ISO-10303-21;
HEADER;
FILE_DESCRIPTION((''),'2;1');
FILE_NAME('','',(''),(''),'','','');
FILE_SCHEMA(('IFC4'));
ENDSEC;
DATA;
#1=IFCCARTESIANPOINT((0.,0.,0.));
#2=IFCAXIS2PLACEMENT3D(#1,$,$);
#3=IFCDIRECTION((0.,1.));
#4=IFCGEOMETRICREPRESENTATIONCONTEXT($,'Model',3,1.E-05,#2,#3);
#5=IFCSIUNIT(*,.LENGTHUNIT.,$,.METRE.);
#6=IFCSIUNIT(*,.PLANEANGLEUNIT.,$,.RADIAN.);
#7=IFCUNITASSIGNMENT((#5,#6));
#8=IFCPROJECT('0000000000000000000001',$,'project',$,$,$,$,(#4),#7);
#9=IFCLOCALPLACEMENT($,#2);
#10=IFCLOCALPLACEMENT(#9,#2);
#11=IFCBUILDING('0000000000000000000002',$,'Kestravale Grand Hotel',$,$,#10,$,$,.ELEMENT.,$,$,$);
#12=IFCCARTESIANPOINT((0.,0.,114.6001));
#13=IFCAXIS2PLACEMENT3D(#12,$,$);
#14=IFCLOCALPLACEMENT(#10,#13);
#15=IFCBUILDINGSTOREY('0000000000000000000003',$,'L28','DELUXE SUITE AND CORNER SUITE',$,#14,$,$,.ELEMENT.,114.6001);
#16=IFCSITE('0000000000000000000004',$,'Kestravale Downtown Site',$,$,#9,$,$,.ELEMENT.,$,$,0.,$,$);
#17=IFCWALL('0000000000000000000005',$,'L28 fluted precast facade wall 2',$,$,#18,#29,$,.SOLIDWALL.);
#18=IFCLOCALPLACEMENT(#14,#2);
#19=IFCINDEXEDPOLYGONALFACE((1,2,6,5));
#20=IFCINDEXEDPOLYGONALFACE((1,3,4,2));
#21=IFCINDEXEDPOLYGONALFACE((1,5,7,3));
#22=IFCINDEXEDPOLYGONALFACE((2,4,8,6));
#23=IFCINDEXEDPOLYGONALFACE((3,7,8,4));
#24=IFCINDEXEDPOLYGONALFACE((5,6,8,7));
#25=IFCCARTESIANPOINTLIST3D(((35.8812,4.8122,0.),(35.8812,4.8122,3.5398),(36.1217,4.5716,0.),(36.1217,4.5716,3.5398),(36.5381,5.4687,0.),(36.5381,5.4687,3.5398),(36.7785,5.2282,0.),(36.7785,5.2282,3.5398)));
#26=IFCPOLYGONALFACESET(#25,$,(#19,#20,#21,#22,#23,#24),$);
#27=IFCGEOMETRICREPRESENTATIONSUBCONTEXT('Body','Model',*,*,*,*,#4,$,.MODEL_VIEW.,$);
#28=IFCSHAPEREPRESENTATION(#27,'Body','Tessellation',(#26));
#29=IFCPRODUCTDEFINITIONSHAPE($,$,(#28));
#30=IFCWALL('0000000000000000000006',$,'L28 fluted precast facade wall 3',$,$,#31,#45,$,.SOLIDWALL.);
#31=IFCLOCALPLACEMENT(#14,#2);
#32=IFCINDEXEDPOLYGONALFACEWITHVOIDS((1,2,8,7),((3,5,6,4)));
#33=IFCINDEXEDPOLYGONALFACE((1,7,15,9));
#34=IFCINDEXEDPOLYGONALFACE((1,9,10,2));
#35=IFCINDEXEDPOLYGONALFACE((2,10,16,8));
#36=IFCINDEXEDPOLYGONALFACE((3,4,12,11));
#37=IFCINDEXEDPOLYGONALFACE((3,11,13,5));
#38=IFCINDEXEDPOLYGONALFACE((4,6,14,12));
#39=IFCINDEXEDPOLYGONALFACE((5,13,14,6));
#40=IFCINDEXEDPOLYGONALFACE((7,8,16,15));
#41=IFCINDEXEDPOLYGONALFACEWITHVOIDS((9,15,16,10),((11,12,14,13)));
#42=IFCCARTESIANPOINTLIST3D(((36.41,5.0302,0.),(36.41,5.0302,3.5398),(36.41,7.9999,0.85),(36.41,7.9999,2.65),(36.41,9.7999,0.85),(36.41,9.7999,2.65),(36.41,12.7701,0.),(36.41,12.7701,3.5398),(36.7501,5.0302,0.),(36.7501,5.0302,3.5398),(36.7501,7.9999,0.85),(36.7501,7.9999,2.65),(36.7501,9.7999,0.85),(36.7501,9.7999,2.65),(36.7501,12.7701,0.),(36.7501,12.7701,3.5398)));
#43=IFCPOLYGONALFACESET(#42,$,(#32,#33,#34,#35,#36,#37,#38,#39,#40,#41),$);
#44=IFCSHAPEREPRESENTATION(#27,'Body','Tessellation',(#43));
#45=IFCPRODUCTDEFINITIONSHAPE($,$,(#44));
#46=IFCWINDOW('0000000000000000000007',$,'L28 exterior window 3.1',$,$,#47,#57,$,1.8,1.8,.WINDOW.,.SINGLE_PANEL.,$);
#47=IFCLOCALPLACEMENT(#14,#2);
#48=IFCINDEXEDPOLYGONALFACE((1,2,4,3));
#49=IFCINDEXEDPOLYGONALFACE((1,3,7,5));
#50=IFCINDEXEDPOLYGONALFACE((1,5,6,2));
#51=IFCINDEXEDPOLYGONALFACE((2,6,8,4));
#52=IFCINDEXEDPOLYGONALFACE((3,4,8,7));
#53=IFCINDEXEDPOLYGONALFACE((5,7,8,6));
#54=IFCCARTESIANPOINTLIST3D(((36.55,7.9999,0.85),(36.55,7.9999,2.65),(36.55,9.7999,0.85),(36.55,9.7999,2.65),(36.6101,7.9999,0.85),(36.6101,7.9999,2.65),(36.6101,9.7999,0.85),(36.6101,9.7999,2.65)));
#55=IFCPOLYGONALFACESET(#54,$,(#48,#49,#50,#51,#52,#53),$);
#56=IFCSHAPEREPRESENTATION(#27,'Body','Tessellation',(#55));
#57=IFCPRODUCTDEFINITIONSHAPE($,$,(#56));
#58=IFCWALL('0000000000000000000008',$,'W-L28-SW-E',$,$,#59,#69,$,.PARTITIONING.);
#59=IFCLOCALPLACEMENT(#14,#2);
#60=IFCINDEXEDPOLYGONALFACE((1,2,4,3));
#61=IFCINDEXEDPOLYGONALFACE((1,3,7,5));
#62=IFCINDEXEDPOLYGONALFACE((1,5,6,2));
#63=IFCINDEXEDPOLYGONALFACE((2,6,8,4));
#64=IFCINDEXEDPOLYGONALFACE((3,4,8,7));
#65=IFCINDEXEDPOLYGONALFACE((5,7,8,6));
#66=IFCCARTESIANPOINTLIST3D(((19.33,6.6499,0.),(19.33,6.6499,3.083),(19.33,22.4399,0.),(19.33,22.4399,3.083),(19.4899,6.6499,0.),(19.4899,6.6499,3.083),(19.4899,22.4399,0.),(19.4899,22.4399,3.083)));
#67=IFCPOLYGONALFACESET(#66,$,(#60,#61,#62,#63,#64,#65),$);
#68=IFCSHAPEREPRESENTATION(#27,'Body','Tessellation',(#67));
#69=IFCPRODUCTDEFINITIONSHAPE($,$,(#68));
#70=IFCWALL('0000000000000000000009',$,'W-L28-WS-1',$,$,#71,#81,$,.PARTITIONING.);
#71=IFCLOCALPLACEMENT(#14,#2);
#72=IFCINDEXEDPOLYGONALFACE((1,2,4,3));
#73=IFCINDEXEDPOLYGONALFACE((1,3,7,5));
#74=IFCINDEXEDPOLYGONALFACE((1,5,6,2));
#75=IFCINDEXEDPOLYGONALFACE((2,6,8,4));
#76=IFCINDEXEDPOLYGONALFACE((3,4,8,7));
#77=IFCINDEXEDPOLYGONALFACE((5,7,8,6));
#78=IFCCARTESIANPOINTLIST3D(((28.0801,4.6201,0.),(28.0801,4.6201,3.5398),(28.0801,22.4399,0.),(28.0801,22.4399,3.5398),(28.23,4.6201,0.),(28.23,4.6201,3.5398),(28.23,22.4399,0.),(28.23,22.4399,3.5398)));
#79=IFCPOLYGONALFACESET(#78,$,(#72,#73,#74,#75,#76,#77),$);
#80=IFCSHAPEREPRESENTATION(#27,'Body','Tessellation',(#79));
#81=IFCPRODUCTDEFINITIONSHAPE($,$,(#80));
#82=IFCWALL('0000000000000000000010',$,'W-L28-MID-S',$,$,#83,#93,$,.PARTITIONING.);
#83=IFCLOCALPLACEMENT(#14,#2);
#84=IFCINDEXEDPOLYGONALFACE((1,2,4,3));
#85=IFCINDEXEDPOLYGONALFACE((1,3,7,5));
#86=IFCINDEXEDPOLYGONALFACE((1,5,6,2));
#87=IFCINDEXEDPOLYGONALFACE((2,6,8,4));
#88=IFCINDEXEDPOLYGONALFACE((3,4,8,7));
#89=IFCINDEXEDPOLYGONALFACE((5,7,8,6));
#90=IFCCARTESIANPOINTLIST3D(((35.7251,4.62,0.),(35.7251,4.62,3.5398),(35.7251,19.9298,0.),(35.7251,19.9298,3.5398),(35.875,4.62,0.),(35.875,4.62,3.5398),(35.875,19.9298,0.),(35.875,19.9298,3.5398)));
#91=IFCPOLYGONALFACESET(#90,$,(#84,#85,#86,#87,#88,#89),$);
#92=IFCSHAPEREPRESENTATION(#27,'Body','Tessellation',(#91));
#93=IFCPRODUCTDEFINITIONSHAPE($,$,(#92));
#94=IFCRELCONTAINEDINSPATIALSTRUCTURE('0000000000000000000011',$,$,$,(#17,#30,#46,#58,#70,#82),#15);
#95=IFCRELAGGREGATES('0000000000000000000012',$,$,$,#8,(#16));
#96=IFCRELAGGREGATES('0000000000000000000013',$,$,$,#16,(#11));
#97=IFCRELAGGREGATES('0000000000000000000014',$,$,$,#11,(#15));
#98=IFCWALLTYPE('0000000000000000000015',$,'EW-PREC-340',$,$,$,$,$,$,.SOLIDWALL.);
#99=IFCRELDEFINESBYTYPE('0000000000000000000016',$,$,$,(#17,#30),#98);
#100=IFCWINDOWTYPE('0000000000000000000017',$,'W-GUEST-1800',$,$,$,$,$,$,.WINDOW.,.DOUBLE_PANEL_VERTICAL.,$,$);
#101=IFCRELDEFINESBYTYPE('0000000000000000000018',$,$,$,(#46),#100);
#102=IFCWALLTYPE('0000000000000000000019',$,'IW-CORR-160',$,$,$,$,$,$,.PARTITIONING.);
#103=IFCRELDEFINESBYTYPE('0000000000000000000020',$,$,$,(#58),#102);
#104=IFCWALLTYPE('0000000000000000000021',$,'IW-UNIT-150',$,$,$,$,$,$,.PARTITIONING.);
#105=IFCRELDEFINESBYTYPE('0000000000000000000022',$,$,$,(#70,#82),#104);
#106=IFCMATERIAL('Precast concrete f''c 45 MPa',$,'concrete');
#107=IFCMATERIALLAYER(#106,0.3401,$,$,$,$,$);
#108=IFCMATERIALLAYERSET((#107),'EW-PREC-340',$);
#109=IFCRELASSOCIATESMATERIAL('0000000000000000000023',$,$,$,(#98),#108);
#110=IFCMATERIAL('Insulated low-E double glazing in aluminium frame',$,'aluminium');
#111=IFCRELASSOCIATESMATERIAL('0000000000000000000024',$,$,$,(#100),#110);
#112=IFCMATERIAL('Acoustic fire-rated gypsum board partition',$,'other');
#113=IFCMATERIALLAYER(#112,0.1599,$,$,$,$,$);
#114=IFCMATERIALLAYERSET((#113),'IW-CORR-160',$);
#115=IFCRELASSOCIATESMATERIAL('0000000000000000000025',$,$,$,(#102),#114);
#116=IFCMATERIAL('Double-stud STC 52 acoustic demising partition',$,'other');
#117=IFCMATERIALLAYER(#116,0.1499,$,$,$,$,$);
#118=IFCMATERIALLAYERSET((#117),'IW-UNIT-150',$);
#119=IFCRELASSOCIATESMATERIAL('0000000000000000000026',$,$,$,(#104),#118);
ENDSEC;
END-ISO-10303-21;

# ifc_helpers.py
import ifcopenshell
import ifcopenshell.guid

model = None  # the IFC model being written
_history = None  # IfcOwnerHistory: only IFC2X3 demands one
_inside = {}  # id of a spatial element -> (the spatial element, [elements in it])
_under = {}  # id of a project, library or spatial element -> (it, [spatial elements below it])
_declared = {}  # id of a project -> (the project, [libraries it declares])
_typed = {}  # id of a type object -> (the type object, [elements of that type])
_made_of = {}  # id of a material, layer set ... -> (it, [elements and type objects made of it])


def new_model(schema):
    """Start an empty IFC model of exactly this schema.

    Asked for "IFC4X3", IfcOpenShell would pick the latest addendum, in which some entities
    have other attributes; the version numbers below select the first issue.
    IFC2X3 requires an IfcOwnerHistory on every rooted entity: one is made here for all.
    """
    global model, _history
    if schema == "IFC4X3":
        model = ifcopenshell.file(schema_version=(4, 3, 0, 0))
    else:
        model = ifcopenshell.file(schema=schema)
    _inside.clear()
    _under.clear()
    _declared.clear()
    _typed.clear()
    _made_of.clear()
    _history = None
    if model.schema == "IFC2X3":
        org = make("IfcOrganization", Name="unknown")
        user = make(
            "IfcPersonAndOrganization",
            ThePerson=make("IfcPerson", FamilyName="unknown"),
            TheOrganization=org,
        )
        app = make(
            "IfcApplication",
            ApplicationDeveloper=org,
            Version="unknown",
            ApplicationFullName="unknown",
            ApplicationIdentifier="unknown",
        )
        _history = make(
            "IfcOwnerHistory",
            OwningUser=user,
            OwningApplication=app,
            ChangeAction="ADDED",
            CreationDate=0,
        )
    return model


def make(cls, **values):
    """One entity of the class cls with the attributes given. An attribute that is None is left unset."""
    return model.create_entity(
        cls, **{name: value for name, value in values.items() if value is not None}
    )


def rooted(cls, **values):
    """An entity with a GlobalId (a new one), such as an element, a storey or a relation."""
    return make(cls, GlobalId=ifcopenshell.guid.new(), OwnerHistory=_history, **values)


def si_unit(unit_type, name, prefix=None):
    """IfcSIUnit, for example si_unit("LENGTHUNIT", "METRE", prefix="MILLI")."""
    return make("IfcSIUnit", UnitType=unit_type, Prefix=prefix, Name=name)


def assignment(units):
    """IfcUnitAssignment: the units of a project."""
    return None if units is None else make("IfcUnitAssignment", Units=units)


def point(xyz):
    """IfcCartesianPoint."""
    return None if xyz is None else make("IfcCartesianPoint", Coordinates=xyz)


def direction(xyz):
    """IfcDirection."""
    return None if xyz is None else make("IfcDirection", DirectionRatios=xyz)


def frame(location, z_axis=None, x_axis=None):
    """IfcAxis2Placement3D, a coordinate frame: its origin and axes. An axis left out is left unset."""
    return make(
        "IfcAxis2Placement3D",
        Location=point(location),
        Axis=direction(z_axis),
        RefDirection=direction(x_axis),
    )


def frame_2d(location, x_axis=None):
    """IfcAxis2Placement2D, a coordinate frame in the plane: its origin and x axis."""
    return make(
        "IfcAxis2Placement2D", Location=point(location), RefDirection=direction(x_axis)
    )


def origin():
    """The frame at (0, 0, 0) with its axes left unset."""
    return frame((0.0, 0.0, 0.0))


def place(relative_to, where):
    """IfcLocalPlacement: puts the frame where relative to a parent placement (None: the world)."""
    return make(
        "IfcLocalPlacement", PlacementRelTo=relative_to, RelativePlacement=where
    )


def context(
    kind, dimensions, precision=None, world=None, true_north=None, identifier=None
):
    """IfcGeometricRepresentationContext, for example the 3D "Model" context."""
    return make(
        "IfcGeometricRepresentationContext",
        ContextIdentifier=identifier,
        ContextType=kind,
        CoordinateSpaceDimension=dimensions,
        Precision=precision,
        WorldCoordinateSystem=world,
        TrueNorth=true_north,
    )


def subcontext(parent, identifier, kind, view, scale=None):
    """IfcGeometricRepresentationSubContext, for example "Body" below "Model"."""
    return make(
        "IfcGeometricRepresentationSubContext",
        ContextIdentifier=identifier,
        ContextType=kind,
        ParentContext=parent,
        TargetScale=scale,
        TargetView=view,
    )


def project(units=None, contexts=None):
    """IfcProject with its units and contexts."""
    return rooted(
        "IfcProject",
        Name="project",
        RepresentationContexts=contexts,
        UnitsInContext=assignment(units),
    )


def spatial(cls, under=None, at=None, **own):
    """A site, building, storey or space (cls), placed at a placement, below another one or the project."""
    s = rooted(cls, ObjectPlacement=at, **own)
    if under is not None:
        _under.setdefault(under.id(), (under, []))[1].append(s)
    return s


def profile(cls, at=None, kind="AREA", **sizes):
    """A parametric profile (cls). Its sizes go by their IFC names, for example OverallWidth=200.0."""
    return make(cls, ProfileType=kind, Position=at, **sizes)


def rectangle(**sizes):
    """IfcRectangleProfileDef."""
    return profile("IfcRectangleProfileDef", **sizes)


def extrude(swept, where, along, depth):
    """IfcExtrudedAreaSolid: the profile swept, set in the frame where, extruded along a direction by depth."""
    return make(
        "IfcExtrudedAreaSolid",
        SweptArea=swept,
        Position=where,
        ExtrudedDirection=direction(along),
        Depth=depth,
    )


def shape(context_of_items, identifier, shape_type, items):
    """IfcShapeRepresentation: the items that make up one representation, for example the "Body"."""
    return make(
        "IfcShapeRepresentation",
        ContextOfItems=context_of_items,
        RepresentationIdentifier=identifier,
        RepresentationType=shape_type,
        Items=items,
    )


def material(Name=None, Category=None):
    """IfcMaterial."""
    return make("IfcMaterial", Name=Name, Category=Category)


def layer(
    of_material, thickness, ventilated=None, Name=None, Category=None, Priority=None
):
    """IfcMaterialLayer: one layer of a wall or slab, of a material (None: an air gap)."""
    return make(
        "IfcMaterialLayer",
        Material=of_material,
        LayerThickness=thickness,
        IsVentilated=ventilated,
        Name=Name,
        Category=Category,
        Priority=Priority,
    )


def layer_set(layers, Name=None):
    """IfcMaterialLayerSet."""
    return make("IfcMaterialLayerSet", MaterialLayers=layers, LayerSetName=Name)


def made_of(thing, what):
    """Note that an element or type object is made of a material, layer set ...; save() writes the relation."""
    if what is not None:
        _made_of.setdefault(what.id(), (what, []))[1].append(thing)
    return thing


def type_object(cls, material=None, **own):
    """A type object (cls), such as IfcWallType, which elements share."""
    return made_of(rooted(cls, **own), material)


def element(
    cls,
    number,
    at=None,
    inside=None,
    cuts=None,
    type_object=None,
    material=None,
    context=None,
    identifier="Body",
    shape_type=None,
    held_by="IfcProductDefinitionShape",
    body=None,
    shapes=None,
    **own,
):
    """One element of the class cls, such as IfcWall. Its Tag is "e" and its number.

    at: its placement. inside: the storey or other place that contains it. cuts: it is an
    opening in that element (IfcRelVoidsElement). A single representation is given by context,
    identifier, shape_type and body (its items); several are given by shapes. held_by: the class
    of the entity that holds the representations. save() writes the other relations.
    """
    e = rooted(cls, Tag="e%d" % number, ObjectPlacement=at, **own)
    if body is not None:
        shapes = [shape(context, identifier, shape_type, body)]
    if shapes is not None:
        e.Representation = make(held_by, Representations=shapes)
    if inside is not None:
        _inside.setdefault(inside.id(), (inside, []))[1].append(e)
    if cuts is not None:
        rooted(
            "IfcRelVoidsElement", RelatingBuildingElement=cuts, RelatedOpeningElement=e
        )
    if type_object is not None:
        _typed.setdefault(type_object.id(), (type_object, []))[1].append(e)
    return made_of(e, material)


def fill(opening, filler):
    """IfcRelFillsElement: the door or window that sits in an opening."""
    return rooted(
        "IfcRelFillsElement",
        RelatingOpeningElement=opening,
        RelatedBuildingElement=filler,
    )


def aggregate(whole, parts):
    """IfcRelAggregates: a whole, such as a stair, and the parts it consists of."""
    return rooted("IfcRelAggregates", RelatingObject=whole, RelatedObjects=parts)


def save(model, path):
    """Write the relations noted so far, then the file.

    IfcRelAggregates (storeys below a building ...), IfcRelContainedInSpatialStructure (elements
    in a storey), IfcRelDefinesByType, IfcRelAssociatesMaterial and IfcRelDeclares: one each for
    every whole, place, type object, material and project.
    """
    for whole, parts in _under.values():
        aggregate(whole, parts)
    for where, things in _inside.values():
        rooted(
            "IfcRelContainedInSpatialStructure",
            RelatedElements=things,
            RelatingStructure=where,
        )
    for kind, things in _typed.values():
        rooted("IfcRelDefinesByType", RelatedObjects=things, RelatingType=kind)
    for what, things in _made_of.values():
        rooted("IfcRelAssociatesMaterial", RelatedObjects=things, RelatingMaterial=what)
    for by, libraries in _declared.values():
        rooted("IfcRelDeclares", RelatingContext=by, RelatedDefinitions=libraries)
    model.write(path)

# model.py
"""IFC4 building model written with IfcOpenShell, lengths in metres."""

from ifc_helpers import new_model, si_unit, direction, frame, frame_2d, origin, place, context, subcontext, project, spatial, rectangle, extrude, material, layer, layer_set, type_object, element, fill, save


model = new_model("IFC4")

# Units and contexts
model_context = context("Model", 3, precision=1e-05, world=origin(), true_north=direction((0.0, 1.0)))
body_context = subcontext(model_context, "Body", "Model", "MODEL_VIEW")
ifc_project = project(units=[si_unit("LENGTHUNIT", "METRE"), si_unit("PLANEANGLEUNIT", "RADIAN")], contexts=[model_context])

# Site, building, storey
site_placement = place(None, origin())
site = spatial("IfcSite", under=ifc_project, at=site_placement, Name="Kestravale Downtown Site", CompositionType="ELEMENT", RefElevation=0.0)
building_placement = place(site_placement, origin())
building = spatial("IfcBuilding", under=site, at=building_placement, Name="Kestravale Grand Hotel", CompositionType="ELEMENT")
storey_placement = place(building_placement, frame((0.0, 0.0, 114.6001)))
storey = spatial("IfcBuildingStorey", under=building, at=storey_placement, Name="L28", Description="DELUXE SUITE AND CORNER SUITE", CompositionType="ELEMENT", Elevation=114.6001)

# Wall
ifc_material_1 = material(Name="Precast concrete f'c 45 MPa", Category="concrete")
ifc_layer_1 = layer(ifc_material_1, 0.3401)
ifc_layer_set_1 = layer_set([ifc_layer_1], Name="EW-PREC-340")
wall_type_1 = type_object("IfcWallType", Name="EW-PREC-340", PredefinedType="SOLIDWALL", material=ifc_layer_set_1)
wall_1_placement = place(storey_placement, frame((36.0015, 4.6919, 0.0), z_axis=(0.0, 0.0, 1.0), x_axis=(0.707238, 0.706975, 0.0)))
element("IfcWall", 1, at=wall_1_placement, inside=storey, type_object=wall_type_1, Name="L28 fluted precast facade wall 2", PredefinedType="SOLIDWALL", context=body_context, shape_type="SweptSolid", body=[
    extrude(rectangle(XDim=0.9287, YDim=0.3401, at=frame_2d((0.4644, 0.0))), origin(), (0.0, 0.0, 1.0), 3.5398),
])

# Wall, opening, window
wall_2_placement = place(storey_placement, frame((36.5801, 5.03, 0.0), z_axis=(0.0, 0.0, 1.0), x_axis=(0.0, 1.0, 0.0)))
wall_2 = element("IfcWall", 2, at=wall_2_placement, inside=storey, type_object=wall_type_1, Name="L28 fluted precast facade wall 3", PredefinedType="SOLIDWALL", context=body_context, shape_type="SweptSolid", body=[
    extrude(rectangle(XDim=7.74, YDim=0.3401, at=frame_2d((3.8701, 0.0))), origin(), (0.0, 0.0, 1.0), 3.5398),
])
opening_placement = place(wall_2_placement, frame((2.97, 0.0, 0.8501)))
opening = element("IfcOpeningElement", 3, at=opening_placement, cuts=wall_2, PredefinedType="OPENING", context=body_context, shape_type="SweptSolid", body=[
    extrude(rectangle(XDim=1.8, YDim=1.8, at=frame_2d((0.8999, 0.8999))), frame((0.0, 0.1799, 0.0), z_axis=(0.0, -1.0, 0.0), x_axis=(1.0, 0.0, 0.0)), (0.0, 0.0, 1.0), 0.3601),
])
ifc_material_2 = material(Name="Insulated low-E double glazing in aluminium frame", Category="aluminium")
window_type = type_object("IfcWindowType", Name="W-GUEST-1800", PartitioningType="DOUBLE_PANEL_VERTICAL", PredefinedType="WINDOW", material=ifc_material_2)
window_placement = place(opening_placement, origin())
window = element("IfcWindow", 4, at=window_placement, inside=storey, type_object=window_type, Name="L28 exterior window 3.1", OverallHeight=1.8, OverallWidth=1.8, PartitioningType="SINGLE_PANEL", PredefinedType="WINDOW", context=body_context, shape_type="SweptSolid", body=[
    extrude(rectangle(XDim=1.8, YDim=1.8, at=frame_2d((0.8999, 0.8999))), frame((0.0, 0.03, 0.0), z_axis=(0.0, -1.0, 0.0), x_axis=(1.0, 0.0, 0.0)), (0.0, 0.0, 1.0), 0.0601),
])
fill(opening, window)

# Walls
ifc_material_3 = material(Name="Acoustic fire-rated gypsum board partition", Category="other")
ifc_layer_2 = layer(ifc_material_3, 0.1599)
ifc_layer_set_2 = layer_set([ifc_layer_2], Name="IW-CORR-160")
wall_type_2 = type_object("IfcWallType", Name="IW-CORR-160", PredefinedType="PARTITIONING", material=ifc_layer_set_2)
wall_3_placement = place(storey_placement, frame((19.4099, 6.6499, 0.0), z_axis=(0.0, 0.0, 1.0), x_axis=(0.0, 1.0, 0.0)))
element("IfcWall", 5, at=wall_3_placement, inside=storey, type_object=wall_type_2, Name="W-L28-SW-E", PredefinedType="PARTITIONING", context=body_context, shape_type="SweptSolid", body=[
    extrude(rectangle(XDim=15.79, YDim=0.1599, at=frame_2d((7.895, 0.0))), origin(), (0.0, 0.0, 1.0), 3.083),
])
ifc_material_4 = material(Name="Double-stud STC 52 acoustic demising partition", Category="other")
ifc_layer_3 = layer(ifc_material_4, 0.1499)
ifc_layer_set_3 = layer_set([ifc_layer_3], Name="IW-UNIT-150")
wall_type_3 = type_object("IfcWallType", Name="IW-UNIT-150", PredefinedType="PARTITIONING", material=ifc_layer_set_3)
wall_4_placement = place(storey_placement, frame((28.155, 4.6201, 0.0), z_axis=(0.0, 0.0, 1.0), x_axis=(0.0, 1.0, 0.0)))
element("IfcWall", 6, at=wall_4_placement, inside=storey, type_object=wall_type_3, Name="W-L28-WS-1", PredefinedType="PARTITIONING", context=body_context, shape_type="SweptSolid", body=[
    extrude(rectangle(XDim=17.8198, YDim=0.1499, at=frame_2d((8.9099, 0.0))), origin(), (0.0, 0.0, 1.0), 3.5398),
])
wall_5_placement = place(storey_placement, frame((35.8, 4.6201, 0.0), z_axis=(0.0, 0.0, 1.0), x_axis=(0.0, 1.0, 0.0)))
element("IfcWall", 7, at=wall_5_placement, inside=storey, type_object=wall_type_3, Name="W-L28-MID-S", PredefinedType="PARTITIONING", context=body_context, shape_type="SweptSolid", body=[
    extrude(rectangle(XDim=15.3098, YDim=0.1499, at=frame_2d((7.6548, 0.0))), origin(), (0.0, 0.0, 1.0), 3.5398),
])

save(model, "model.ifc")
